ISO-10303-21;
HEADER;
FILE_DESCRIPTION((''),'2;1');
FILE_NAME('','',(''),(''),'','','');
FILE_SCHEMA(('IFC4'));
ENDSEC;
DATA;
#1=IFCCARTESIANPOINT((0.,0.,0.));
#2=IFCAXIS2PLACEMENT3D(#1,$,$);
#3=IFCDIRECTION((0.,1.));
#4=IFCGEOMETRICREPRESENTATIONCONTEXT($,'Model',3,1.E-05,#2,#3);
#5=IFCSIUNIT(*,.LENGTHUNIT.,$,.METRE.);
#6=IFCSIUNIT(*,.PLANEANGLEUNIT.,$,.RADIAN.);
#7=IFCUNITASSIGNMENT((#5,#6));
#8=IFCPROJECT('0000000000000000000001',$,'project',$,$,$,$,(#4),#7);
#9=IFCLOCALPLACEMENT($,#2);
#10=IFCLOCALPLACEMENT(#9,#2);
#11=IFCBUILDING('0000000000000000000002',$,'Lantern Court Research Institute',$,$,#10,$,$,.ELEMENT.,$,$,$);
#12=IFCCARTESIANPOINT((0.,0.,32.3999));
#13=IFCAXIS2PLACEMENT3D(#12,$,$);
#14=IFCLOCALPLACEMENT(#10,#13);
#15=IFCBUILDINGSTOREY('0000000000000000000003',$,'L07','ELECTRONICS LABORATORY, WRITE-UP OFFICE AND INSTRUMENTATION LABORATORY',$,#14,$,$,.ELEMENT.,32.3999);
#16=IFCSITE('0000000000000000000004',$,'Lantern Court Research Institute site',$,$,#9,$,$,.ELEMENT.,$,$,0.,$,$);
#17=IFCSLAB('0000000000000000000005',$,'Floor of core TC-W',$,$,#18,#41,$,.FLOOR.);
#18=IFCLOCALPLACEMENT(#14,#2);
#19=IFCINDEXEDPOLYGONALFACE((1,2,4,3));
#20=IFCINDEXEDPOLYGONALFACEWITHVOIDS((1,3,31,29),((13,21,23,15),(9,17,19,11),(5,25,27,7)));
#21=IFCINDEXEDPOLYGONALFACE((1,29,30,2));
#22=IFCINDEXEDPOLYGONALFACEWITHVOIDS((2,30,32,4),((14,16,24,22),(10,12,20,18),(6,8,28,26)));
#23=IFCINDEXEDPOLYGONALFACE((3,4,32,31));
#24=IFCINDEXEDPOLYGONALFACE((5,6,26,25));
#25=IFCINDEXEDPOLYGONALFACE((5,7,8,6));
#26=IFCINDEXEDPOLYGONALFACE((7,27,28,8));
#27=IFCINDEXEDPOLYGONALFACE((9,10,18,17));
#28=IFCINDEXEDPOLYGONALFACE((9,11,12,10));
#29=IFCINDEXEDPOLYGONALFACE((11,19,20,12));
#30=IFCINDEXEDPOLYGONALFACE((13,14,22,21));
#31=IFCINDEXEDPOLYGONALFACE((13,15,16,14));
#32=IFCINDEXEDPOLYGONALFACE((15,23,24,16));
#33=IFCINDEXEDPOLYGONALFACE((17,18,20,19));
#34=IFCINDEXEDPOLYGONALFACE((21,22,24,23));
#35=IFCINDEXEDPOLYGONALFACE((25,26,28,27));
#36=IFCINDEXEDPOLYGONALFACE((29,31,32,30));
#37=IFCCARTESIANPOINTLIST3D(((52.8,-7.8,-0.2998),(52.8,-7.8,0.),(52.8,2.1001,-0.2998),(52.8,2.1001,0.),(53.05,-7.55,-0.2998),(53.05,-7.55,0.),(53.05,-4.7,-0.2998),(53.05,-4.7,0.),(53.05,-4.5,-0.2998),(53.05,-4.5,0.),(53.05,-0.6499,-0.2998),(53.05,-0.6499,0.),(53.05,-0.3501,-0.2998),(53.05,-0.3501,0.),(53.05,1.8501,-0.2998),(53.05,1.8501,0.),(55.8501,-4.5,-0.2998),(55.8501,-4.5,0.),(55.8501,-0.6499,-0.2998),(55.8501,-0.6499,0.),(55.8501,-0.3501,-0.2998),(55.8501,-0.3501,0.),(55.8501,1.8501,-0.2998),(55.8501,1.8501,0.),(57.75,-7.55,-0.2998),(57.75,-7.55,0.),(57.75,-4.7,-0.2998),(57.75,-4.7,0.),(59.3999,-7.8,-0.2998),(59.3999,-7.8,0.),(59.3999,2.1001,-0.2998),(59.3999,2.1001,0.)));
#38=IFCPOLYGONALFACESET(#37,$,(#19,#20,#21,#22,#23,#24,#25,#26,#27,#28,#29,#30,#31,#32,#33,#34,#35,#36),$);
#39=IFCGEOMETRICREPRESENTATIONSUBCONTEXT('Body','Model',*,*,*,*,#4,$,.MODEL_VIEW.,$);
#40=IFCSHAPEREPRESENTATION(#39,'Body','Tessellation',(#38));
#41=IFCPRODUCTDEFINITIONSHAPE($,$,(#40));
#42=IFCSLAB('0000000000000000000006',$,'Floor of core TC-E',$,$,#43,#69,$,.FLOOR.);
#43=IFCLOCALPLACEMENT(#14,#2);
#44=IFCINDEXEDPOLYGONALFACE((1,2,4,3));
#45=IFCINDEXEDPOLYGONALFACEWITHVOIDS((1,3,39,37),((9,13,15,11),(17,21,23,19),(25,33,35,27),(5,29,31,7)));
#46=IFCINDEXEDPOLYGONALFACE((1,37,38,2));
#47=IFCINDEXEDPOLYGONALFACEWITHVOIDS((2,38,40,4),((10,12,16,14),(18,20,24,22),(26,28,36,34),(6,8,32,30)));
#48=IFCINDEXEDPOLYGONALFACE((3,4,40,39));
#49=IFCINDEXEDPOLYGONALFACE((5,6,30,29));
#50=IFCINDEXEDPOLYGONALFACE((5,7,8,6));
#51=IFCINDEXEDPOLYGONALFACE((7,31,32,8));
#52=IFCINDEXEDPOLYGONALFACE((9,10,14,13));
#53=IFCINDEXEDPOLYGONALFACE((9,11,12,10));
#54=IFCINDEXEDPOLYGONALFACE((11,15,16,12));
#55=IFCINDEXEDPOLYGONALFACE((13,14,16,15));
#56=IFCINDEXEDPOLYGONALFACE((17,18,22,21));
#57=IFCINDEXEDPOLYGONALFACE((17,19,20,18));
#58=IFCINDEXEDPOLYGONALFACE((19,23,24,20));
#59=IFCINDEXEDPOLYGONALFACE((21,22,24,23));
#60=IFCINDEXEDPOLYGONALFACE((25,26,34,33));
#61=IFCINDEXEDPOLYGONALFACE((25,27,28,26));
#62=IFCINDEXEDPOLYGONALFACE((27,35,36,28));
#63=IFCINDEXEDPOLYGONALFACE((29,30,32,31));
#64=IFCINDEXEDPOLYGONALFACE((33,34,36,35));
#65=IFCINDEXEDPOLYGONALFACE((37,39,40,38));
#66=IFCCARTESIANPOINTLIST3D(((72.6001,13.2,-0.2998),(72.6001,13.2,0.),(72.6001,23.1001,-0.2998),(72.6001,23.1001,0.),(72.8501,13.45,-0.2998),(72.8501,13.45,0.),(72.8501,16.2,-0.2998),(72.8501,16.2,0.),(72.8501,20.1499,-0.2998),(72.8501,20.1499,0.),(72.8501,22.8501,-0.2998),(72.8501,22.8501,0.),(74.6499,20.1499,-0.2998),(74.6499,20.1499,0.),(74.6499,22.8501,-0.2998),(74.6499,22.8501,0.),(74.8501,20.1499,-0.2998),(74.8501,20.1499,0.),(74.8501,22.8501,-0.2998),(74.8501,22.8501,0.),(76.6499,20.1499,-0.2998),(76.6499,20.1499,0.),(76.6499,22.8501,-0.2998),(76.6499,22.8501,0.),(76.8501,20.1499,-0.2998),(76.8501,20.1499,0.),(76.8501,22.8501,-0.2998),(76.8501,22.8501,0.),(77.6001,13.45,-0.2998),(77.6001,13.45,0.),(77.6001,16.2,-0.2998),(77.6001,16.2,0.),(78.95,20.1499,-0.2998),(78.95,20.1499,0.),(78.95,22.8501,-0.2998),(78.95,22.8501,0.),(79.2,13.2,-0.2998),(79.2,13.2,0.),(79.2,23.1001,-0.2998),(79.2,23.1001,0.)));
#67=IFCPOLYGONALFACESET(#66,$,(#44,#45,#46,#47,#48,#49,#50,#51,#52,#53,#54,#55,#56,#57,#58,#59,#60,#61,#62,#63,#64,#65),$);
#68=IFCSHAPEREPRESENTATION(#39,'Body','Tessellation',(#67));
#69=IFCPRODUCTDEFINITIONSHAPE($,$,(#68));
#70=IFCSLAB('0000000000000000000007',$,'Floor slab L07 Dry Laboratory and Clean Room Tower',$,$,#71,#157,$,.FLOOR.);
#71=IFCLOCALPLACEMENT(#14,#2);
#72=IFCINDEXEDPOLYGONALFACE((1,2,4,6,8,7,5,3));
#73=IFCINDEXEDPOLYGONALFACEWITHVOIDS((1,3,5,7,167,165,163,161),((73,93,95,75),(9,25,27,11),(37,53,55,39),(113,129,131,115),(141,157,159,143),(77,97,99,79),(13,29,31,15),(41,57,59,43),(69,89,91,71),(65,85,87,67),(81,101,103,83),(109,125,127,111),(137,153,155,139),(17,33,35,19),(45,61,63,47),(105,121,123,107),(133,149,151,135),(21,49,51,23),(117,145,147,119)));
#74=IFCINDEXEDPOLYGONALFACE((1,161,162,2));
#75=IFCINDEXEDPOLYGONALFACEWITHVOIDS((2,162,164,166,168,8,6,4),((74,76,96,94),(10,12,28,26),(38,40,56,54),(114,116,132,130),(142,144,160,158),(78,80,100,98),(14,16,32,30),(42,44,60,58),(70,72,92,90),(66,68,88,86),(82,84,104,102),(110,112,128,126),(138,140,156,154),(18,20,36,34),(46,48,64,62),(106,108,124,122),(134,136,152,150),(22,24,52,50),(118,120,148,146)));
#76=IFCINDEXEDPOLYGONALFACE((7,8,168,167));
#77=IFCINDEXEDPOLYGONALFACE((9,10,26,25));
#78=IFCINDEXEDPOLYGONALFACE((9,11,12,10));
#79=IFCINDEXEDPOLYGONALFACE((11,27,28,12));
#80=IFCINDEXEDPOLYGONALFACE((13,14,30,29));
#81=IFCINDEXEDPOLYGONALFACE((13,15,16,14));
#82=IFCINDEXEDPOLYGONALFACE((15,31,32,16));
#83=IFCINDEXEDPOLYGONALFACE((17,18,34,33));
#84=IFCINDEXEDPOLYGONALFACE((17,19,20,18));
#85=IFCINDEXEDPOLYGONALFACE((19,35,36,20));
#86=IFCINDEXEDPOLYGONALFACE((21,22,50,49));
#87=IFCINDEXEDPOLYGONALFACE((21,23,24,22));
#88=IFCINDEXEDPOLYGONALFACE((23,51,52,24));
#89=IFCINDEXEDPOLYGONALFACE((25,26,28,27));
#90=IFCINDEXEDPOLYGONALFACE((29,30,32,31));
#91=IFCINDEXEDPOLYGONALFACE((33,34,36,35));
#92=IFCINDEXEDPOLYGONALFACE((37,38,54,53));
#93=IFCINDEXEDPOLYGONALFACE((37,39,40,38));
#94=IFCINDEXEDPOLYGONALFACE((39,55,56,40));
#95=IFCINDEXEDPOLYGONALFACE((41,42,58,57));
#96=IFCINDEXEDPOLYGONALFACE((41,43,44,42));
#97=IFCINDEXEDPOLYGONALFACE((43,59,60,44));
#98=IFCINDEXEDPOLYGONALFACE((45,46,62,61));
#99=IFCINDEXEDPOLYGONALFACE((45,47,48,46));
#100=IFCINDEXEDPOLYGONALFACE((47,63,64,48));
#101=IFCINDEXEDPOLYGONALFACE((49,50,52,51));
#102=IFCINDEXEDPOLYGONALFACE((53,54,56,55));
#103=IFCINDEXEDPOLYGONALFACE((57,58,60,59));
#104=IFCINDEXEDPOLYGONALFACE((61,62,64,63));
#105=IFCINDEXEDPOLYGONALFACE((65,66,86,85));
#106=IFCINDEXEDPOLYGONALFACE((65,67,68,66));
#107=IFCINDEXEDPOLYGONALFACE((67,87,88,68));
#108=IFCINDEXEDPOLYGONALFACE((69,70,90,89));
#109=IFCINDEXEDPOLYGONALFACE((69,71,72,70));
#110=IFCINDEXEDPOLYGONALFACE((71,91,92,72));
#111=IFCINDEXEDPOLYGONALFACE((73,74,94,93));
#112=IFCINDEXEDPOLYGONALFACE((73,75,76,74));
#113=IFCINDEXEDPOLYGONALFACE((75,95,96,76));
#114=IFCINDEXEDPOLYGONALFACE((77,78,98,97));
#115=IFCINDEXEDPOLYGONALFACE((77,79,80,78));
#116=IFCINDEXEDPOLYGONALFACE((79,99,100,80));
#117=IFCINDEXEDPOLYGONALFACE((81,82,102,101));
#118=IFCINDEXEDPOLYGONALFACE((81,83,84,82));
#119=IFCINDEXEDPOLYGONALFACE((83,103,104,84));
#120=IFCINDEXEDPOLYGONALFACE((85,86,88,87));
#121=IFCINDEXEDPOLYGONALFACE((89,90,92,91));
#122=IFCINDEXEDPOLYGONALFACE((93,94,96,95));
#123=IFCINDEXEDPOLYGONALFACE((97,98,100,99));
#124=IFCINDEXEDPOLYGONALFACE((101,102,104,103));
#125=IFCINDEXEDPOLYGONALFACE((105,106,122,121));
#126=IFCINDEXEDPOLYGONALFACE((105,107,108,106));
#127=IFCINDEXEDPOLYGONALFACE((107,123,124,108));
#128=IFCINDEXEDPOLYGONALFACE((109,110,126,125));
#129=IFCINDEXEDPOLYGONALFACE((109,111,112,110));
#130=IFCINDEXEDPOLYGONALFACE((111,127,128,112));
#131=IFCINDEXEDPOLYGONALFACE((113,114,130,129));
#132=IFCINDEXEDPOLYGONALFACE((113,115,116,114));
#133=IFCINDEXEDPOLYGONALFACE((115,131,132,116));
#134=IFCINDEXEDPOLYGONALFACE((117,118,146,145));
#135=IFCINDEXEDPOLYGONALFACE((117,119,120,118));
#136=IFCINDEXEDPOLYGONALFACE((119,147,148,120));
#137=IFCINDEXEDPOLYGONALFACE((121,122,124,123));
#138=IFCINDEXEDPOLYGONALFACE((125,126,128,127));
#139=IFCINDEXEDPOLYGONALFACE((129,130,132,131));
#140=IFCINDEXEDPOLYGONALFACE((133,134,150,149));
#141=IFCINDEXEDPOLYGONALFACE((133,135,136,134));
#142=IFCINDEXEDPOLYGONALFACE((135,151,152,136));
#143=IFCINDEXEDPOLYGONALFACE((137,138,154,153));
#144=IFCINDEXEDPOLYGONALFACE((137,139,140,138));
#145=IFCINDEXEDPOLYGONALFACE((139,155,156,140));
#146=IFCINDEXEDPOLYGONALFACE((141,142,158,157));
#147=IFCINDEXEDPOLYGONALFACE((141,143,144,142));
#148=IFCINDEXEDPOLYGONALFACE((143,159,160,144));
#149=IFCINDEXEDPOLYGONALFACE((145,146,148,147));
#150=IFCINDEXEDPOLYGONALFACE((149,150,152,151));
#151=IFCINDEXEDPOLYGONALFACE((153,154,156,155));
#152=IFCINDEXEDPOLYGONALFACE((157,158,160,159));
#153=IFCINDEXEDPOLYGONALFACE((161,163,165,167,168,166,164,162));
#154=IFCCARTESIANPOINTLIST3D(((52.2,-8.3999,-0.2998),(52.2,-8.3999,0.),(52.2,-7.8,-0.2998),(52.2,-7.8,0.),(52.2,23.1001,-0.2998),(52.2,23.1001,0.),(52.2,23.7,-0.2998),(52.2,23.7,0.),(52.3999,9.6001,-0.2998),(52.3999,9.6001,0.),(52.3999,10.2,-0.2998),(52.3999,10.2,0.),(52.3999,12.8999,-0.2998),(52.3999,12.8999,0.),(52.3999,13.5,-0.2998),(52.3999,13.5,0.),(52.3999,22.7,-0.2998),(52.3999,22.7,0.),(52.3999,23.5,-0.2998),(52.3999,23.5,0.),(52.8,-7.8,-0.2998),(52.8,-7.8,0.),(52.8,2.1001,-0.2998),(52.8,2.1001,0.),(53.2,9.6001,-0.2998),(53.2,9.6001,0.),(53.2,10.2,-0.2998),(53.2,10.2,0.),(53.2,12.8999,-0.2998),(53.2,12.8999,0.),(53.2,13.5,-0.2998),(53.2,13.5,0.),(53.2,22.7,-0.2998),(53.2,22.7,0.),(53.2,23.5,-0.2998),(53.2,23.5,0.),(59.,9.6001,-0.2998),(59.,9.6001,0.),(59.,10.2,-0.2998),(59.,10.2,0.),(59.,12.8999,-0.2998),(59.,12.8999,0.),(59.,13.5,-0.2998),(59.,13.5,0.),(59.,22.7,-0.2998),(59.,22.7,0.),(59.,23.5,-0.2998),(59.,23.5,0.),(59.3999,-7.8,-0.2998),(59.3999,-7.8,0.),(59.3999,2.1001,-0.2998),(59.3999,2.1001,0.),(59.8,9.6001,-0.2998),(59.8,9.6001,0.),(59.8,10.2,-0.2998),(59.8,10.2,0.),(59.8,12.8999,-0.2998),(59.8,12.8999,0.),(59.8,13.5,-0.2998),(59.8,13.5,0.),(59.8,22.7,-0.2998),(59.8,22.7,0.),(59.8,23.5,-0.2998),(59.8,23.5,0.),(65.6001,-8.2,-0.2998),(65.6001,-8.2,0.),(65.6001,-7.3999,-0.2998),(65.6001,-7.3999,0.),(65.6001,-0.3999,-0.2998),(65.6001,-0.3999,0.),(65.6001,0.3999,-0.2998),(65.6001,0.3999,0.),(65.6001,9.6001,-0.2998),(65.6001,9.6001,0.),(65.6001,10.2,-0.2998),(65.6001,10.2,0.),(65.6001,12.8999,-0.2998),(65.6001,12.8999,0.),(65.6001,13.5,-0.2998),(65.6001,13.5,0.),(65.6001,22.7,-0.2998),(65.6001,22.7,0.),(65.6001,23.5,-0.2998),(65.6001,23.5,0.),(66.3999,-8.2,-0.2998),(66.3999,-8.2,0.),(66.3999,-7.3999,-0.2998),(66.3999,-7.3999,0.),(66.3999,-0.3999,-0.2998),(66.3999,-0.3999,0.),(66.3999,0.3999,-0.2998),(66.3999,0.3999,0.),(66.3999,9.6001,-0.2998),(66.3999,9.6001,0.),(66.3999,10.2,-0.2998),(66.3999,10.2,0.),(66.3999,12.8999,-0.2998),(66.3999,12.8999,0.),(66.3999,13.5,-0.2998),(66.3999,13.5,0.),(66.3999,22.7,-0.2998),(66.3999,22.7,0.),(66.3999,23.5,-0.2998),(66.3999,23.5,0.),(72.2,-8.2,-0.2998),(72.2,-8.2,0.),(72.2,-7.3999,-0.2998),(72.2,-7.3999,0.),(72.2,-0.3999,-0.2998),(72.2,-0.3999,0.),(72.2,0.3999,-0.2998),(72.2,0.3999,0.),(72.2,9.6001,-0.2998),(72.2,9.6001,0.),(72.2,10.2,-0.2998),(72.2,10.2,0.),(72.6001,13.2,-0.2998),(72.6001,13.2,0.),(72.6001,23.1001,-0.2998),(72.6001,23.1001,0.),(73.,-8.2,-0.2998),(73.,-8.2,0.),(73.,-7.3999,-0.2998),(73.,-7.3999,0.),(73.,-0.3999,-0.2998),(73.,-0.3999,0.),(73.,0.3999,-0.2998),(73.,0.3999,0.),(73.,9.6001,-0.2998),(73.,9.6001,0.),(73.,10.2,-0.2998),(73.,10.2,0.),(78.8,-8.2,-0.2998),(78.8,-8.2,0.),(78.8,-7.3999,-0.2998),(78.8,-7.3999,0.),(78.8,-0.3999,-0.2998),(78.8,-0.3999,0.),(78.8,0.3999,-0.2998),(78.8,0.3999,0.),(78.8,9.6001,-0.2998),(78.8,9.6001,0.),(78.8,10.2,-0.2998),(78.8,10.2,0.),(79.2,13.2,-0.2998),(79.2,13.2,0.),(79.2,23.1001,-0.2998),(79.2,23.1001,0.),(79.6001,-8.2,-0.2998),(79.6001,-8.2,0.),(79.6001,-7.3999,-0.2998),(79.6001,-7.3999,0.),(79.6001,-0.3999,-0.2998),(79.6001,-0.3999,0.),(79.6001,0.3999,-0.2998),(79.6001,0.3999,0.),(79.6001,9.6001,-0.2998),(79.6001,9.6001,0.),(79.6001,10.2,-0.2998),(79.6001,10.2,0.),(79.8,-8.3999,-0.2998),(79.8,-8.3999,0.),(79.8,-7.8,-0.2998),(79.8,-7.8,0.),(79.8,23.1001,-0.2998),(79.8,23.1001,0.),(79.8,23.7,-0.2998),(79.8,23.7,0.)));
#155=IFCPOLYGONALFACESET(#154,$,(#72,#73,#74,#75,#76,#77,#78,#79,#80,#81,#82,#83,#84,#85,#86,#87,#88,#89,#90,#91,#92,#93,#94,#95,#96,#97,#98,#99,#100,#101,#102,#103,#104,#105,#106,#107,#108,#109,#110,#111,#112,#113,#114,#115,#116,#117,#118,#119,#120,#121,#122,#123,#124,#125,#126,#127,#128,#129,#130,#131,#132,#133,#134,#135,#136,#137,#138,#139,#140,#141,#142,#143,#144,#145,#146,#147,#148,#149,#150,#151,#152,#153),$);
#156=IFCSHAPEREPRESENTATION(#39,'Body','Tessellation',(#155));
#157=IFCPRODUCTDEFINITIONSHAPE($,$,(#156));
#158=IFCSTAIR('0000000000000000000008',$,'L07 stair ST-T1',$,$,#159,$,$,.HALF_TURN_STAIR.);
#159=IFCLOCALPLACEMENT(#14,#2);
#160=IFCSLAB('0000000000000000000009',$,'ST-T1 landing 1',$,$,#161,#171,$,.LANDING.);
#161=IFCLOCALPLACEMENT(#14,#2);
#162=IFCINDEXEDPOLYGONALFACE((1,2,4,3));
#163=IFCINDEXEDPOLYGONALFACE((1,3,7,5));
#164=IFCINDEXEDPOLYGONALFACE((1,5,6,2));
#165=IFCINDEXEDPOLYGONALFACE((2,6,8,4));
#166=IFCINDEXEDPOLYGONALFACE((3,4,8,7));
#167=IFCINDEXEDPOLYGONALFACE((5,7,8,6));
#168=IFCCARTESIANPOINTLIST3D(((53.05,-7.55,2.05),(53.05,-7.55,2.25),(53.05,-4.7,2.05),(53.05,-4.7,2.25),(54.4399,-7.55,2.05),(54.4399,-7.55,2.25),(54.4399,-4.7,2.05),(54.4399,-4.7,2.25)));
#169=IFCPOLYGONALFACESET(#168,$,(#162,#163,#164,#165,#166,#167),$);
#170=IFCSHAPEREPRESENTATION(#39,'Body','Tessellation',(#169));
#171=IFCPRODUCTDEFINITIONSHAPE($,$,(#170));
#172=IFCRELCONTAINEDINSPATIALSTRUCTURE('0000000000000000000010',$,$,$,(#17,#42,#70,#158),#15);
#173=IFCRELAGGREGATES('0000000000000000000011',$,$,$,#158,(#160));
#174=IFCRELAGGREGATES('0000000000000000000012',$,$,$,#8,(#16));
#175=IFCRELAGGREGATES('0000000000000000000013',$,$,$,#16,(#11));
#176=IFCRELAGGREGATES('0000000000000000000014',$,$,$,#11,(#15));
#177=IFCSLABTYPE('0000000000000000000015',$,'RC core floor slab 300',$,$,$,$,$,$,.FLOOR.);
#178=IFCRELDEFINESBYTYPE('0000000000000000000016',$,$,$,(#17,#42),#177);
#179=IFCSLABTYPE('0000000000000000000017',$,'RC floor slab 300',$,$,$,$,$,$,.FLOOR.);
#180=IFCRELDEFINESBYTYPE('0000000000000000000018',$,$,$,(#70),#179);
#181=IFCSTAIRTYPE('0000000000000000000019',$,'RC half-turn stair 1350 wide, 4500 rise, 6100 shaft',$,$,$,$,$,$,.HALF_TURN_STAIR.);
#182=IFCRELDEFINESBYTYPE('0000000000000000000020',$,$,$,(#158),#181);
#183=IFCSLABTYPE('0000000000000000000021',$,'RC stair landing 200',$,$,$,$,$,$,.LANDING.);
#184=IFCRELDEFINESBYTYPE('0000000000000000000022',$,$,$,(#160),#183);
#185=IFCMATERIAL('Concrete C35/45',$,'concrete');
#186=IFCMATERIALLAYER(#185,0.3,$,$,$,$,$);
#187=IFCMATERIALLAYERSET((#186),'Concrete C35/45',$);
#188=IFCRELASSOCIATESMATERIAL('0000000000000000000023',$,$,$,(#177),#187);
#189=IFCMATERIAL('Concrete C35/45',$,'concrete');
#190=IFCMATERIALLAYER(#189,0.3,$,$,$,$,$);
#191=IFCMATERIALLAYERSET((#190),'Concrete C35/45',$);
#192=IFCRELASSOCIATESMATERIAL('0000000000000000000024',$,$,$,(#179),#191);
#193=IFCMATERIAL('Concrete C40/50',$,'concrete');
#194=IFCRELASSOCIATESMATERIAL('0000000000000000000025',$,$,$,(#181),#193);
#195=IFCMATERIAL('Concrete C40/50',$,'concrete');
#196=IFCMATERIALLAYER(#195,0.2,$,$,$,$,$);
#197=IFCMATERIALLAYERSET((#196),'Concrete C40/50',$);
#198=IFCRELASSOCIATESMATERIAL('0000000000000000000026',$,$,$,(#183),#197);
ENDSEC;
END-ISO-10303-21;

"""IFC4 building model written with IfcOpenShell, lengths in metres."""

from ifc_helpers import new_model, si_unit, direction, frame, origin, place, context, subcontext, project, spatial, polyline, outline, extrude, material, layer, layer_set, type_object, element, aggregate, save


model = new_model("IFC4")

# Units and contexts
model_context = context("Model", 3, precision=1e-05, world=origin(), true_north=direction((0.0, 1.0)))
body_context = subcontext(model_context, "Body", "Model", "MODEL_VIEW")
ifc_project = project(units=[si_unit("LENGTHUNIT", "METRE"), si_unit("PLANEANGLEUNIT", "RADIAN")], contexts=[model_context])

# Site, building, storey
site_placement = place(None, origin())
site = spatial("IfcSite", under=ifc_project, at=site_placement, Name="Lantern Court Research Institute site", CompositionType="ELEMENT", RefElevation=0.0)
building_placement = place(site_placement, origin())
building = spatial("IfcBuilding", under=site, at=building_placement, Name="Lantern Court Research Institute", CompositionType="ELEMENT")
storey_placement = place(building_placement, frame((0.0, 0.0, 32.3999)))
storey = spatial("IfcBuildingStorey", under=building, at=storey_placement, Name="L07", Description="ELECTRONICS LABORATORY, WRITE-UP OFFICE AND INSTRUMENTATION LABORATORY", CompositionType="ELEMENT", Elevation=32.3999)

# Slabs
ifc_material_1 = material(Name="Concrete C35/45", Category="concrete")
ifc_layer_1 = layer(ifc_material_1, 0.3)
ifc_layer_set_1 = layer_set([ifc_layer_1], Name="Concrete C35/45")
slab_type_1 = type_object("IfcSlabType", Name="RC core floor slab 300", PredefinedType="FLOOR", material=ifc_layer_set_1)
slab_1_placement = place(storey_placement, frame((0.0, 0.0, -0.2998)))
element("IfcSlab", 1, at=slab_1_placement, inside=storey, type_object=slab_type_1, Name="Floor of core TC-W", PredefinedType="FLOOR", context=body_context, shape_type="SweptSolid", body=[
    extrude(outline(polyline([(52.8, -7.8), (59.3999, -7.8), (59.3999, 2.1001), (52.8, 2.1001), (52.8, -7.8)]), holes=[polyline([(57.75, -4.7), (53.05, -4.7), (53.05, -7.55), (57.75, -7.55), (57.75, -4.7)]), polyline([(53.05, -0.3501), (55.8501, -0.3501), (55.8501, 1.8501), (53.05, 1.8501), (53.05, -0.3501)]), polyline([(53.05, -0.6499), (55.8501, -0.6499), (55.8501, -4.5), (53.05, -4.5), (53.05, -0.6499)])]), origin(), (0.0, 0.0, 1.0), 0.2998),
])
slab_2_placement = place(storey_placement, frame((0.0, 0.0, -0.2998)))
element("IfcSlab", 2, at=slab_2_placement, inside=storey, type_object=slab_type_1, Name="Floor of core TC-E", PredefinedType="FLOOR", context=body_context, shape_type="SweptSolid", body=[
    extrude(outline(polyline([(72.6001, 13.2), (79.2, 13.2), (79.2, 23.1001), (72.6001, 23.1001), (72.6001, 13.2)]), holes=[polyline([(77.6001, 16.2), (72.8501, 16.2), (72.8501, 13.45), (77.6001, 13.45), (77.6001, 16.2)]), polyline([(72.8501, 20.1499), (74.6499, 20.1499), (74.6499, 22.8501), (72.8501, 22.8501), (72.8501, 20.1499)]), polyline([(74.8501, 20.1499), (76.6499, 20.1499), (76.6499, 22.8501), (74.8501, 22.8501), (74.8501, 20.1499)]), polyline([(76.8501, 20.1499), (78.95, 20.1499), (78.95, 22.8501), (76.8501, 22.8501), (76.8501, 20.1499)])]), origin(), (0.0, 0.0, 1.0), 0.2998),
])
ifc_material_2 = material(Name="Concrete C35/45", Category="concrete")
ifc_layer_2 = layer(ifc_material_2, 0.3)
ifc_layer_set_2 = layer_set([ifc_layer_2], Name="Concrete C35/45")
slab_type_2 = type_object("IfcSlabType", Name="RC floor slab 300", PredefinedType="FLOOR", material=ifc_layer_set_2)
slab_3_placement = place(storey_placement, frame((0.0, 0.0, -0.2998)))
element("IfcSlab", 3, at=slab_3_placement, inside=storey, type_object=slab_type_2, Name="Floor slab L07 Dry Laboratory and Clean Room Tower", PredefinedType="FLOOR", context=body_context, shape_type="SweptSolid", body=[
    extrude(outline(polyline([(52.2, -7.8), (52.2, -8.3999), (79.8, -8.3999), (79.8, -7.8), (79.8, 23.1001), (79.8, 23.7), (52.2, 23.7), (52.2, 23.1001), (52.2, -7.8)]), holes=[polyline([(66.3999, -7.3999), (66.3999, -8.2), (65.6001, -8.2), (65.6001, -7.3999), (66.3999, -7.3999)]), polyline([(59.3999, 2.1001), (59.3999, -7.8), (52.8, -7.8), (52.8, 2.1001), (59.3999, 2.1001)]), polyline([(66.3999, 0.3999), (66.3999, -0.3999), (65.6001, -0.3999), (65.6001, 0.3999), (66.3999, 0.3999)]), polyline([(53.2, 10.2), (53.2, 9.6001), (52.3999, 9.6001), (52.3999, 10.2), (53.2, 10.2)]), polyline([(59.8, 10.2), (59.8, 9.6001), (59.0, 9.6001), (59.0, 10.2), (59.8, 10.2)]), polyline([(66.3999, 10.2), (66.3999, 9.6001), (65.6001, 9.6001), (65.6001, 10.2), (66.3999, 10.2)]), polyline([(53.2, 13.5), (53.2, 12.8999), (52.3999, 12.8999), (52.3999, 13.5), (53.2, 13.5)]), polyline([(59.8, 12.8999), (59.0, 12.8999), (59.0, 13.5), (59.8, 13.5), (59.8, 12.8999)]), polyline([(53.2, 22.7), (52.3999, 22.7), (52.3999, 23.5), (53.2, 23.5), (53.2, 22.7)]), polyline([(59.8, 23.5), (59.8, 22.7), (59.0, 22.7), (59.0, 23.5), (59.8, 23.5)]), polyline([(73.0, -7.3999), (73.0, -8.2), (72.2, -8.2), (72.2, -7.3999), (73.0, -7.3999)]), polyline([(79.6001, -7.3999), (79.6001, -8.2), (78.8, -8.2), (78.8, -7.3999), (79.6001, -7.3999)]), polyline([(73.0, -0.3999), (72.2, -0.3999), (72.2, 0.3999), (73.0, 0.3999), (73.0, -0.3999)]), polyline([(79.6001, -0.3999), (78.8, -0.3999), (78.8, 0.3999), (79.6001, 0.3999), (79.6001, -0.3999)]), polyline([(73.0, 10.2), (73.0, 9.6001), (72.2, 9.6001), (72.2, 10.2), (73.0, 10.2)]), polyline([(79.6001, 10.2), (79.6001, 9.6001), (78.8, 9.6001), (78.8, 10.2), (79.6001, 10.2)]), polyline([(66.3999, 13.5), (66.3999, 12.8999), (65.6001, 12.8999), (65.6001, 13.5), (66.3999, 13.5)]), polyline([(79.2, 13.2), (72.6001, 13.2), (72.6001, 23.1001), (79.2, 23.1001), (79.2, 13.2)]), polyline([(66.3999, 22.7), (65.6001, 22.7), (65.6001, 23.5), (66.3999, 23.5), (66.3999, 22.7)])]), origin(), (0.0, 0.0, 1.0), 0.2998),
])

# Stair, slab
ifc_material_3 = material(Name="Concrete C40/50", Category="concrete")
stair_type_1 = type_object("IfcStairType", Name="RC half-turn stair 1350 wide, 4500 rise, 6100 shaft", PredefinedType="HALF_TURN_STAIR", material=ifc_material_3)
stair_1_placement = place(storey_placement, origin())
stair_1 = element("IfcStair", 4, at=stair_1_placement, inside=storey, type_object=stair_type_1, Name="L07 stair ST-T1", PredefinedType="HALF_TURN_STAIR")
ifc_material_4 = material(Name="Concrete C40/50", Category="concrete")
ifc_layer_3 = layer(ifc_material_4, 0.2)
ifc_layer_set_3 = layer_set([ifc_layer_3], Name="Concrete C40/50")
slab_type_3 = type_object("IfcSlabType", Name="RC stair landing 200", PredefinedType="LANDING", material=ifc_layer_set_3)
slab_4_placement = place(storey_placement, frame((0.0, 0.0, 2.05)))
slab_4 = element("IfcSlab", 5, at=slab_4_placement, type_object=slab_type_3, Name="ST-T1 landing 1", PredefinedType="LANDING", context=body_context, shape_type="SweptSolid", body=[
    extrude(outline(polyline([(54.4399, -4.7), (53.05, -4.7), (53.05, -7.55), (54.4399, -7.55), (54.4399, -4.7)])), origin(), (0.0, 0.0, 1.0), 0.2),
])
aggregate(stair_1, [slab_4])

save(model, "model.ifc")
